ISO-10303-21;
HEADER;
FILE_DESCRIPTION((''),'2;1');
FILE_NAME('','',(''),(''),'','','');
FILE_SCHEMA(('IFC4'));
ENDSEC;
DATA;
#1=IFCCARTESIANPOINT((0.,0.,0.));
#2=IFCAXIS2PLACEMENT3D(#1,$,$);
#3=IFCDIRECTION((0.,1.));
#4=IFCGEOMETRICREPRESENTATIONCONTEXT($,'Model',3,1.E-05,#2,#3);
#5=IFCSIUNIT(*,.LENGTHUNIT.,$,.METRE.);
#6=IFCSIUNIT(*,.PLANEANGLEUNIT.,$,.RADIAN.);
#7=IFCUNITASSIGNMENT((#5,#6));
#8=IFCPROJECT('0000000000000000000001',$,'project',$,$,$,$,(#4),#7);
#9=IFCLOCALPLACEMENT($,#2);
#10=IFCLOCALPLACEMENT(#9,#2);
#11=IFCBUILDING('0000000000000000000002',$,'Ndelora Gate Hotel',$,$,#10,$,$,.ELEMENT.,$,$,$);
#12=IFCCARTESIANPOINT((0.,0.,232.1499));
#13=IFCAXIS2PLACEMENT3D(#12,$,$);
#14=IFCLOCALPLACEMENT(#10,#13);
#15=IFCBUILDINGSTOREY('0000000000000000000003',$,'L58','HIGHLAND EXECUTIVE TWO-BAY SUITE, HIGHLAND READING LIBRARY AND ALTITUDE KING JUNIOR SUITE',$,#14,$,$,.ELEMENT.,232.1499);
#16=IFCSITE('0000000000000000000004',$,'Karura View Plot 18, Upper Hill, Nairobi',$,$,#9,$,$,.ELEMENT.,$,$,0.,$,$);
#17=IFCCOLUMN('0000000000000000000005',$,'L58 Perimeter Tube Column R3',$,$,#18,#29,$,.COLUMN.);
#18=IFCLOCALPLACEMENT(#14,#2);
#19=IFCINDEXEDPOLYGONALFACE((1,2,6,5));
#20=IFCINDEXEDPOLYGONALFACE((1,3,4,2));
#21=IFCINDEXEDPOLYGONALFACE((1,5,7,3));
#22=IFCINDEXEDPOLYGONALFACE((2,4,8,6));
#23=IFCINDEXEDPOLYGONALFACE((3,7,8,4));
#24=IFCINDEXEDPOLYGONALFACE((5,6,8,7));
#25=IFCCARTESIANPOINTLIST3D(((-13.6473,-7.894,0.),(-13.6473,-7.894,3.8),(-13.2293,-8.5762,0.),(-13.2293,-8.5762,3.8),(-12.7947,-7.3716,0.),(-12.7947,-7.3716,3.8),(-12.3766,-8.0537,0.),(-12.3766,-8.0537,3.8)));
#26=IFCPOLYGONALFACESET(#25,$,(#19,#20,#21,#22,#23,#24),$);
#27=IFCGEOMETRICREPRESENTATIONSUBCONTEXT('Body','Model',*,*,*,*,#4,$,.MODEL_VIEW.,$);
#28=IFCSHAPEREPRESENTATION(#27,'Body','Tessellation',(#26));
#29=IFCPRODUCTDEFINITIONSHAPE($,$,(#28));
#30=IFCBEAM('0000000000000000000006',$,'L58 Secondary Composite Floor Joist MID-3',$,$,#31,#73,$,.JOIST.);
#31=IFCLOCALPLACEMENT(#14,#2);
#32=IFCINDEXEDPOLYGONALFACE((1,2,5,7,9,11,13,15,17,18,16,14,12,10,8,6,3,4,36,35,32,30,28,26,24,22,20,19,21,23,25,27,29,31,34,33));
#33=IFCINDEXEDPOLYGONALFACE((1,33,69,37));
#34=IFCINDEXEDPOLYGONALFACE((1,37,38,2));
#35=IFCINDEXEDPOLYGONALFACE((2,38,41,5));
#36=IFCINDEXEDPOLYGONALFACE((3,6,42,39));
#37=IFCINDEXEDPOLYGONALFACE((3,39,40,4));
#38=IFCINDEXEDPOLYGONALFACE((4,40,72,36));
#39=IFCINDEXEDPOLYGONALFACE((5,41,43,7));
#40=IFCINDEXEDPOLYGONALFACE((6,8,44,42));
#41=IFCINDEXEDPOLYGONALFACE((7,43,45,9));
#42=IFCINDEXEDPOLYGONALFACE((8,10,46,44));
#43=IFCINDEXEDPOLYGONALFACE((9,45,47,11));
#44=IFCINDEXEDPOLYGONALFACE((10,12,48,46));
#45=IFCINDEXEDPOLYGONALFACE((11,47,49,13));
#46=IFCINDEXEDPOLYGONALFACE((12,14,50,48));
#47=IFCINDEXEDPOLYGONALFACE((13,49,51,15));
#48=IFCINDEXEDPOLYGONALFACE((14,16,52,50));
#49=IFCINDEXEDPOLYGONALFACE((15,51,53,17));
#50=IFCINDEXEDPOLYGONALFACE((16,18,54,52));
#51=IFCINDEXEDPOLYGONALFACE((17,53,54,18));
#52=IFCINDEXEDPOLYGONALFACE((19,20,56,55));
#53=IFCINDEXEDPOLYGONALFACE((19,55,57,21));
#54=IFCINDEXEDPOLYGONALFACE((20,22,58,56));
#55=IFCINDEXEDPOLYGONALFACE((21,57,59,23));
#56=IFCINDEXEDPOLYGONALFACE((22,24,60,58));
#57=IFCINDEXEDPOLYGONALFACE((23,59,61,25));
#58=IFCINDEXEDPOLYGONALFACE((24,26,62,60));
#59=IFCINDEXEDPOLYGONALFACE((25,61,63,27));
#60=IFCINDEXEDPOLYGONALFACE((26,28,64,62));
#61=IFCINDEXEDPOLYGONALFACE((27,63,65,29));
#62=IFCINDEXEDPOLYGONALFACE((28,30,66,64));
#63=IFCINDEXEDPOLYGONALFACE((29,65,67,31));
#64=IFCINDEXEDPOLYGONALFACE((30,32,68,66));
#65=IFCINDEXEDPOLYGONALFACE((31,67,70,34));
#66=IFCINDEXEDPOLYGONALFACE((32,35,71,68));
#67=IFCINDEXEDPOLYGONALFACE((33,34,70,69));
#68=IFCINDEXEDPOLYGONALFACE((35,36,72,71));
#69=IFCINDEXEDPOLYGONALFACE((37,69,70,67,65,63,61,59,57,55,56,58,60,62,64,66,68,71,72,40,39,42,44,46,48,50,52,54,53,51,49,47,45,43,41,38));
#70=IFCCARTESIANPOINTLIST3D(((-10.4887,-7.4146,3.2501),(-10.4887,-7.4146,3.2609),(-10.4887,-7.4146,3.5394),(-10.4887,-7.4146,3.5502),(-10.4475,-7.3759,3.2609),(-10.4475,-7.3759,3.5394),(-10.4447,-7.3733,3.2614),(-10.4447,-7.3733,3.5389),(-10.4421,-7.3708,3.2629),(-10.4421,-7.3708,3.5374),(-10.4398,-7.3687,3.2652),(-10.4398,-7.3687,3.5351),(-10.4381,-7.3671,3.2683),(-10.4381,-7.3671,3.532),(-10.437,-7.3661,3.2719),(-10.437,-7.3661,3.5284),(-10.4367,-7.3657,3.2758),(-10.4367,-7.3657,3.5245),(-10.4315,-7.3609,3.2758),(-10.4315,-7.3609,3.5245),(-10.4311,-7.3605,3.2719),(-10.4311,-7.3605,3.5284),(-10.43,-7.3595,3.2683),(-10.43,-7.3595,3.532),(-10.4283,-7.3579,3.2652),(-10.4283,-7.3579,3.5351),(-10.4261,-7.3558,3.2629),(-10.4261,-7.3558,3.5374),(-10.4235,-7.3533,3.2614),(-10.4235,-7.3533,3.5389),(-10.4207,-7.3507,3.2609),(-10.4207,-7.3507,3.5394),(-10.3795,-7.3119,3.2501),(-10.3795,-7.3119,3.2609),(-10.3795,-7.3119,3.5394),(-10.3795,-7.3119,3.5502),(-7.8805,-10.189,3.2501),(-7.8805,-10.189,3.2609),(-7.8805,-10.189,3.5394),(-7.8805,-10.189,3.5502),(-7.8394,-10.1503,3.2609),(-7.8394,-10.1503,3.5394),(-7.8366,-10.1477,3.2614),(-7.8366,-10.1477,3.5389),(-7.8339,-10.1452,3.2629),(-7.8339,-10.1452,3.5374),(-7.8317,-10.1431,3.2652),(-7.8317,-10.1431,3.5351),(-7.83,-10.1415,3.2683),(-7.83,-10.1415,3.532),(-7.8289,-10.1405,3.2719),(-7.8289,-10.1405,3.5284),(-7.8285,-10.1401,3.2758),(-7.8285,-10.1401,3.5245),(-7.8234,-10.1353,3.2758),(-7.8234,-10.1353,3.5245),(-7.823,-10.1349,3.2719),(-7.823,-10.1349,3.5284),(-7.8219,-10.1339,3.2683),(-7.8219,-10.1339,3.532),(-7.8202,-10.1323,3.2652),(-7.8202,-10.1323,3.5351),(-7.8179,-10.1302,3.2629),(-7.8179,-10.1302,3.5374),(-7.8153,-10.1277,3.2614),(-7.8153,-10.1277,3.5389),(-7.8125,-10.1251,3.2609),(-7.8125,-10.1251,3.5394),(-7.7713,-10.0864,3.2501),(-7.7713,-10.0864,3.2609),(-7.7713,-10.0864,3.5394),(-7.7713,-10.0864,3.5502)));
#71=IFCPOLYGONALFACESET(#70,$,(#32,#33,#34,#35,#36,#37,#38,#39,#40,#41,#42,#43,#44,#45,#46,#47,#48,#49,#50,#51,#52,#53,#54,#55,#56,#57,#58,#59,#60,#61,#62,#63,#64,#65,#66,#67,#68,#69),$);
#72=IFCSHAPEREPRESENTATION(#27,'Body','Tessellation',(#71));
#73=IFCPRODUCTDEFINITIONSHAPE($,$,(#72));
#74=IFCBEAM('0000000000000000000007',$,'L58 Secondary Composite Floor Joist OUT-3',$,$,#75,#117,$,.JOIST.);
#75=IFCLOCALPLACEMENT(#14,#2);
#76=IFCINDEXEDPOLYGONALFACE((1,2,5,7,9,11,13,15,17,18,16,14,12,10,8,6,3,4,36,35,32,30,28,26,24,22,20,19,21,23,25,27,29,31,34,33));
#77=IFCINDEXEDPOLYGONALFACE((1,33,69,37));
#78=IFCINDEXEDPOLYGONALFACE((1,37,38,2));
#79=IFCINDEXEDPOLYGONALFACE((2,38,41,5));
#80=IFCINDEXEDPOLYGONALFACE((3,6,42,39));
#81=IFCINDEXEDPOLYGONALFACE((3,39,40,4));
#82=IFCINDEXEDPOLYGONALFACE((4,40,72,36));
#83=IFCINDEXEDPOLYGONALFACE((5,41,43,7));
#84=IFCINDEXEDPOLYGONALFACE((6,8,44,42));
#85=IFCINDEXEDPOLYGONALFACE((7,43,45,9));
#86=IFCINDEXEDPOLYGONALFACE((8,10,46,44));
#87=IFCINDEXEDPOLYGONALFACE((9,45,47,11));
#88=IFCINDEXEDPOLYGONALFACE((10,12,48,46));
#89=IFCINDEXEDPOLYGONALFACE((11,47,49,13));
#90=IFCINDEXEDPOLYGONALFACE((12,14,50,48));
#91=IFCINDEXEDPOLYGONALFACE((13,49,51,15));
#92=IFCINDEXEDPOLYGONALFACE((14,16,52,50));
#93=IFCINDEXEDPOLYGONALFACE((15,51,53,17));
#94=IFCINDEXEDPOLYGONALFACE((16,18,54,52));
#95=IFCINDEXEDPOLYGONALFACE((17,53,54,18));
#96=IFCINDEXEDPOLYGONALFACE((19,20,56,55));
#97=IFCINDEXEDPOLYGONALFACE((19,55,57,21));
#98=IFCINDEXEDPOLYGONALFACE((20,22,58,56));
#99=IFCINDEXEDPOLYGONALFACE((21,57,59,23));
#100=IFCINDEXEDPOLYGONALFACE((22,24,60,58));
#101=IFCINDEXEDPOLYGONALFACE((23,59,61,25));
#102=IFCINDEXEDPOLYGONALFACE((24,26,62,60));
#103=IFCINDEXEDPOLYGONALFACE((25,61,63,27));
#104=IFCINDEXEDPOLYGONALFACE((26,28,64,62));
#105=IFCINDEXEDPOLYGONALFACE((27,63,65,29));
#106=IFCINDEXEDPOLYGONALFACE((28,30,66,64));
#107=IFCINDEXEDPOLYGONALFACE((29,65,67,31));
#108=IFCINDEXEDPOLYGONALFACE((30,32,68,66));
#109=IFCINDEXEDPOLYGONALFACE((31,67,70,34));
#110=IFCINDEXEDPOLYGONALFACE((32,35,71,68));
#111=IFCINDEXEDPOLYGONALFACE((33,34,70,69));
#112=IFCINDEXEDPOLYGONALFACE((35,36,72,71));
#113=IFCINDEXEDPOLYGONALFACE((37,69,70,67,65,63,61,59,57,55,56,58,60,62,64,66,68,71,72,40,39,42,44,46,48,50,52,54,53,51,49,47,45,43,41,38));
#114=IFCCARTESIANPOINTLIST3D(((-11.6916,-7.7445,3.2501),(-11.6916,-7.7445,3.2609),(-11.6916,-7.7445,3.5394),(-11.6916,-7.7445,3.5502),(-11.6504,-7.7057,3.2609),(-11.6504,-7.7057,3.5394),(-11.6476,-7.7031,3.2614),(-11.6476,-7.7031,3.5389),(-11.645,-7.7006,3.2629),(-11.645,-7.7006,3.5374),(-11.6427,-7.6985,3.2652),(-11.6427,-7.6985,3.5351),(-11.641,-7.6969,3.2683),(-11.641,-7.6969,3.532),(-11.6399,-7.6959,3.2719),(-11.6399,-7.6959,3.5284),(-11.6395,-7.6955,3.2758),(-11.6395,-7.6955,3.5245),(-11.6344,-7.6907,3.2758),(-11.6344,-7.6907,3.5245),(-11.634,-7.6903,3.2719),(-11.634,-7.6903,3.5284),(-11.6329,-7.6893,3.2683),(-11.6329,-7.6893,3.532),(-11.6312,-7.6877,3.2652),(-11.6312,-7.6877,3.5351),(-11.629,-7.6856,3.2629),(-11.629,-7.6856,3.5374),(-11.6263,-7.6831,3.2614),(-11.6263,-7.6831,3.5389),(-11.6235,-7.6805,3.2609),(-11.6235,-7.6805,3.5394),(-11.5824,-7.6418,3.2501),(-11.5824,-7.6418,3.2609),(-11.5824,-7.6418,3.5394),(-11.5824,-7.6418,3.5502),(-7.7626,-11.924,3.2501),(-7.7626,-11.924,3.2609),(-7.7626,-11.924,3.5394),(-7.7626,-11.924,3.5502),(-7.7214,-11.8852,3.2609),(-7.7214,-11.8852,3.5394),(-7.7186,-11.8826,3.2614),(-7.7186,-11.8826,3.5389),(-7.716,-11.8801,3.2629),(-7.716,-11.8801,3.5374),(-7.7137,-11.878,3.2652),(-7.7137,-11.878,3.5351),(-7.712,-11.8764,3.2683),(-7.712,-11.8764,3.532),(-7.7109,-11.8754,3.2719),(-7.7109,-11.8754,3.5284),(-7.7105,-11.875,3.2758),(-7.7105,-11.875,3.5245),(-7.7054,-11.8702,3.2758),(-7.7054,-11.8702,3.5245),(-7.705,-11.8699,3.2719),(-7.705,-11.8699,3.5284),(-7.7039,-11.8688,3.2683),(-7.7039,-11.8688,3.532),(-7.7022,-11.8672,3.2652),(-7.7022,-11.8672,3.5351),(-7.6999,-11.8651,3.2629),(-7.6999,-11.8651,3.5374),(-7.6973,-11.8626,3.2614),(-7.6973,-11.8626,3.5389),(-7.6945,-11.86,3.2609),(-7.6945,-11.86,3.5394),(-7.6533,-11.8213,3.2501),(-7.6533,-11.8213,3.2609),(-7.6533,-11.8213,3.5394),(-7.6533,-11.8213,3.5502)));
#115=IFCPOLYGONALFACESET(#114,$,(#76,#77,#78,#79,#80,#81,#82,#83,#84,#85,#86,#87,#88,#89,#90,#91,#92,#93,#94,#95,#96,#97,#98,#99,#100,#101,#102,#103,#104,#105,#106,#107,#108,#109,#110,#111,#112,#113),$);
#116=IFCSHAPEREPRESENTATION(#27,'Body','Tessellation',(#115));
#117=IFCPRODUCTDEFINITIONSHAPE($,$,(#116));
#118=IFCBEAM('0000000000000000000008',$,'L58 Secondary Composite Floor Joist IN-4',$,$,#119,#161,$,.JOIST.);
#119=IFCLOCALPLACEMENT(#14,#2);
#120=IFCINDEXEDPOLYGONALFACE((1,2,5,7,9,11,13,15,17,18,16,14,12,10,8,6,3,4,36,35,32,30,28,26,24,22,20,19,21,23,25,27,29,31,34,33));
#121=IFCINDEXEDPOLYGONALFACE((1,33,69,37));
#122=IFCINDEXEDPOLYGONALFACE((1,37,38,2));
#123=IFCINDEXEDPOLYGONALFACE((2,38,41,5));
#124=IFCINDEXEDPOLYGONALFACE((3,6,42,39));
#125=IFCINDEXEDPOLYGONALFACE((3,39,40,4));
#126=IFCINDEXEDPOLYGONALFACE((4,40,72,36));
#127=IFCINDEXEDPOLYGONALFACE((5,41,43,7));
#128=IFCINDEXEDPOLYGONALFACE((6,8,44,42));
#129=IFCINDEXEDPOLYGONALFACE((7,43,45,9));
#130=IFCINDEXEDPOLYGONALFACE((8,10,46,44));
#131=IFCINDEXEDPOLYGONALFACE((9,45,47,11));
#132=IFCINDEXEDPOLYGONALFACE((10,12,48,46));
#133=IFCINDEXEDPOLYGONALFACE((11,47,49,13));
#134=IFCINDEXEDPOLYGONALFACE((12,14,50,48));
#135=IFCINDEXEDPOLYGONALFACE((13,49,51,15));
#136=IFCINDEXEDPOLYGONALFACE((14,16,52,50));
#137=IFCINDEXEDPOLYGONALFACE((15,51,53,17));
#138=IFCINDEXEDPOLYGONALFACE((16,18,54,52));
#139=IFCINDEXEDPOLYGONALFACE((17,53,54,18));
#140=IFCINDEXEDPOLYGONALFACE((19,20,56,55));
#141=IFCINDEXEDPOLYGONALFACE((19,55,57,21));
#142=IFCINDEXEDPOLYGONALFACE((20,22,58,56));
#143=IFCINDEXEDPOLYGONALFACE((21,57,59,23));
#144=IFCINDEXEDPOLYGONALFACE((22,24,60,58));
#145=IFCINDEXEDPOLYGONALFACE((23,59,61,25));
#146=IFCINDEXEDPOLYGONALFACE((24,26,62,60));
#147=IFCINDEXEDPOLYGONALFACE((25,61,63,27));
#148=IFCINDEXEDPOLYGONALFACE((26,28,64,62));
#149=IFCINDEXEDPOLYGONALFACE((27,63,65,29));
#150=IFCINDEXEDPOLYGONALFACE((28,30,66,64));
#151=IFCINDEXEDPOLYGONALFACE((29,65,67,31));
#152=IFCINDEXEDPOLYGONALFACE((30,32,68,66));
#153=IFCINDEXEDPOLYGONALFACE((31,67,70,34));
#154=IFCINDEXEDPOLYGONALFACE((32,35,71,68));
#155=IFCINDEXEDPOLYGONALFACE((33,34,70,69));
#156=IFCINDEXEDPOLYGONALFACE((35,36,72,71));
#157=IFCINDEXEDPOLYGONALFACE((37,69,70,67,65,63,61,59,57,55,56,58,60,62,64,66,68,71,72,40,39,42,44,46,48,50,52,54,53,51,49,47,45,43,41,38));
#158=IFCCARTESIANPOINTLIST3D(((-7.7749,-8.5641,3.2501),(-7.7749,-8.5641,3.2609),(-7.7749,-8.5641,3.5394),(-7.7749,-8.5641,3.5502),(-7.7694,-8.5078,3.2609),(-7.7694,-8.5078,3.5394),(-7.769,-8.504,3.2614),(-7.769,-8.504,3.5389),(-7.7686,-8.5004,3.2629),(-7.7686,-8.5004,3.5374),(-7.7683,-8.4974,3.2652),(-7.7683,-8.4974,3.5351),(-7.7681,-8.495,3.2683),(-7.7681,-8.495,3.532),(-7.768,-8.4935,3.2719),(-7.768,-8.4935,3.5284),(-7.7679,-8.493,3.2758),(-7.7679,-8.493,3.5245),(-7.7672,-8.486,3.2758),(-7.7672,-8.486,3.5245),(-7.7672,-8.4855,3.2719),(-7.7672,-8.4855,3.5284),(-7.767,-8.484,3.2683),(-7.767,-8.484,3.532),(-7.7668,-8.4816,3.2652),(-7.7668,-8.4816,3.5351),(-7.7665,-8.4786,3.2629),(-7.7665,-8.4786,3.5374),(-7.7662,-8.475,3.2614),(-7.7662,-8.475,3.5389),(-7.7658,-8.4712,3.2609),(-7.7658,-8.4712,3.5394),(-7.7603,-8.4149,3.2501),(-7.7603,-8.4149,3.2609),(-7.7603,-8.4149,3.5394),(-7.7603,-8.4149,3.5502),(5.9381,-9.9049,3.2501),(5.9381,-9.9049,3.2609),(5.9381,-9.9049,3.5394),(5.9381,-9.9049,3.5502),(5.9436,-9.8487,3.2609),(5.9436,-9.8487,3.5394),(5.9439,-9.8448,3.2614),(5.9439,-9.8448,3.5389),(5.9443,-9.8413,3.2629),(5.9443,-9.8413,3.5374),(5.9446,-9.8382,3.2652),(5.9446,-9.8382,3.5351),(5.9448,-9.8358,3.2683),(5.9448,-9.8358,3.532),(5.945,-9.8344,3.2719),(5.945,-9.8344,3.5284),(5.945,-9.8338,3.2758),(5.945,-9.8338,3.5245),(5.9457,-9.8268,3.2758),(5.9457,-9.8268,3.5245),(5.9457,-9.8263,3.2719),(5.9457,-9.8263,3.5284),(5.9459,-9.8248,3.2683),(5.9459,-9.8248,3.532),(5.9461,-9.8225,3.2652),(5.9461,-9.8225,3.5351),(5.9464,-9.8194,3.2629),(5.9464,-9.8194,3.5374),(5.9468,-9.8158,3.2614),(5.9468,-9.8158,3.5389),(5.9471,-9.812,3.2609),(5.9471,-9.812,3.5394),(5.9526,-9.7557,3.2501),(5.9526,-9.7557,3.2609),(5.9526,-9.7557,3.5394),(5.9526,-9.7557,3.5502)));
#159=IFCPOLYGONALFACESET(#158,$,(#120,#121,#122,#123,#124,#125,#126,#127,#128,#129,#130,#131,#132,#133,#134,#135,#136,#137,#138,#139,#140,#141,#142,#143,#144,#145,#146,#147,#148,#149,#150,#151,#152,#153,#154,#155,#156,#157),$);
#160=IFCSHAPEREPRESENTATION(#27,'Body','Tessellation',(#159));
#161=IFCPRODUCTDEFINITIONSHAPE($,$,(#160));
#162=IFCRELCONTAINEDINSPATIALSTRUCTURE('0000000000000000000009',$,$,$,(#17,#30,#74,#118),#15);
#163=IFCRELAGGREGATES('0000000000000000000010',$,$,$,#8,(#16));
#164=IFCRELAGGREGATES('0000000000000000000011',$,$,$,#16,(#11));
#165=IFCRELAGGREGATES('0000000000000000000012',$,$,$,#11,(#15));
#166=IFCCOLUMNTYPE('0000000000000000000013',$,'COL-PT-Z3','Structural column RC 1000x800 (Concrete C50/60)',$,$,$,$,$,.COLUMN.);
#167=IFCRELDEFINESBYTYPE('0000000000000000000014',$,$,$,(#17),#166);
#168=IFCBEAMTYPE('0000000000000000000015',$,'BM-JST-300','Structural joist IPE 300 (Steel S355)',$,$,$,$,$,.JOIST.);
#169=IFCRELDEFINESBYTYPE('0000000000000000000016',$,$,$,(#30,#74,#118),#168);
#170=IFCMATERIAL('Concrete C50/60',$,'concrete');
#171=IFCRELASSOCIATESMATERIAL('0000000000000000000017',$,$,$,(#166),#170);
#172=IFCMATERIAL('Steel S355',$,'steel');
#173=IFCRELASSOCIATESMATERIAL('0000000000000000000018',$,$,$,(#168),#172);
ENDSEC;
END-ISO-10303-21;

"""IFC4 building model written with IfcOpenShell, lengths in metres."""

from ifc_helpers import new_model, si_unit, direction, frame, origin, origin_2d, place, context, subcontext, project, spatial, rectangle, i_section, extrude, material, material_profile, profile_set, type_object, element, save


model = new_model("IFC4")

# Units and contexts
model_context = context("Model", 3, precision=1e-05, world=origin(), true_north=direction((0.0, 1.0)))
body_context = subcontext(model_context, "Body", "Model", "MODEL_VIEW")
ifc_project = project(units=[si_unit("LENGTHUNIT", "METRE"), si_unit("PLANEANGLEUNIT", "RADIAN")], contexts=[model_context])

# Site, building, storey
site_placement = place(None, origin())
site = spatial("IfcSite", under=ifc_project, at=site_placement, Name="Karura View Plot 18, Upper Hill, Nairobi", CompositionType="ELEMENT", RefElevation=0.0)
building_placement = place(site_placement, origin())
building = spatial("IfcBuilding", under=site, at=building_placement, Name="Ndelora Gate Hotel", CompositionType="ELEMENT")
storey_placement = place(building_placement, frame((0.0, 0.0, 232.1499)))
storey = spatial("IfcBuildingStorey", under=building, at=storey_placement, Name="L58", Description="HIGHLAND EXECUTIVE TWO-BAY SUITE, HIGHLAND READING LIBRARY AND ALTITUDE KING JUNIOR SUITE", CompositionType="ELEMENT", Elevation=232.1499)

# Column
ifc_material_1 = material(Name="Concrete C50/60", Category="concrete")
ifc_material_profile_1 = material_profile(ifc_material_1, rectangle(XDim=0.8, YDim=1.0, at=origin_2d()), Name="RC 1000x800")
ifc_profile_set_1 = profile_set([ifc_material_profile_1], Name="Concrete C50/60")
column_type = type_object("IfcColumnType", Name="COL-PT-Z3", Description="Structural column RC 1000x800 (Concrete C50/60)", PredefinedType="COLUMN", material=ifc_profile_set_1)
column_placement = place(storey_placement, frame((-13.012, -7.9739, 0.0), z_axis=(0.0, 0.0, 1.0), x_axis=(-0.522499, 0.85264, 0.0)))
element("IfcColumn", 1, at=column_placement, inside=storey, type_object=column_type, Name="L58 Perimeter Tube Column R3", PredefinedType="COLUMN", context=body_context, shape_type="SweptSolid", body=[
    extrude(rectangle(XDim=0.8, YDim=1.0, at=origin_2d()), origin(), (0.0, 0.0, 1.0), 3.8),
])

# Beams
ifc_material_2 = material(Name="Steel S355", Category="steel")
ifc_material_profile_2 = material_profile(ifc_material_2, i_section(OverallWidth=0.1499, OverallDepth=0.3, WebThickness=0.0071, FlangeThickness=0.0107, FilletRadius=0.0149, at=origin_2d()), Name="IPE 300")
ifc_profile_set_2 = profile_set([ifc_material_profile_2], Name="Steel S355")
beam_type_1 = type_object("IfcBeamType", Name="BM-JST-300", Description="Structural joist IPE 300 (Steel S355)", PredefinedType="JOIST", material=ifc_profile_set_2)
beam_1_placement = place(storey_placement, frame((-10.4341, -7.3633, 3.4001), z_axis=(0.684939, -0.728601, 0.0), x_axis=(0.728601, 0.684939, 0.0)))
element("IfcBeam", 2, at=beam_1_placement, inside=storey, type_object=beam_type_1, Name="L58 Secondary Composite Floor Joist MID-3", PredefinedType="JOIST", context=body_context, shape_type="SweptSolid", body=[
    extrude(i_section(OverallWidth=0.1499, OverallDepth=0.3, WebThickness=0.0071, FlangeThickness=0.0107, FilletRadius=0.0149, at=origin_2d()), origin(), (0.0, 0.0, 1.0), 3.8079),
])
beam_2_placement = place(storey_placement, frame((-11.637, -7.6931, 3.4001), z_axis=(0.684936, -0.728603, 0.0), x_axis=(0.728603, 0.684936, 0.0)))
element("IfcBeam", 3, at=beam_2_placement, inside=storey, type_object=beam_type_1, Name="L58 Secondary Composite Floor Joist OUT-3", PredefinedType="JOIST", context=body_context, shape_type="SweptSolid", body=[
    extrude(i_section(OverallWidth=0.1499, OverallDepth=0.3, WebThickness=0.0071, FlangeThickness=0.0107, FilletRadius=0.0149, at=origin_2d()), origin(), (0.0, 0.0, 1.0), 5.7363),
])
beam_3_placement = place(storey_placement, frame((-7.7676, -8.4895, 3.4001), z_axis=(0.995254, -0.097314, 0.0), x_axis=(0.097314, 0.995254, 0.0)))
element("IfcBeam", 4, at=beam_3_placement, inside=storey, type_object=beam_type_1, Name="L58 Secondary Composite Floor Joist IN-4", PredefinedType="JOIST", context=body_context, shape_type="SweptSolid", body=[
    extrude(i_section(OverallWidth=0.1499, OverallDepth=0.3, WebThickness=0.0071, FlangeThickness=0.0107, FilletRadius=0.0149, at=origin_2d()), origin(), (0.0, 0.0, 1.0), 13.7783),
])

save(model, "model.ifc")
